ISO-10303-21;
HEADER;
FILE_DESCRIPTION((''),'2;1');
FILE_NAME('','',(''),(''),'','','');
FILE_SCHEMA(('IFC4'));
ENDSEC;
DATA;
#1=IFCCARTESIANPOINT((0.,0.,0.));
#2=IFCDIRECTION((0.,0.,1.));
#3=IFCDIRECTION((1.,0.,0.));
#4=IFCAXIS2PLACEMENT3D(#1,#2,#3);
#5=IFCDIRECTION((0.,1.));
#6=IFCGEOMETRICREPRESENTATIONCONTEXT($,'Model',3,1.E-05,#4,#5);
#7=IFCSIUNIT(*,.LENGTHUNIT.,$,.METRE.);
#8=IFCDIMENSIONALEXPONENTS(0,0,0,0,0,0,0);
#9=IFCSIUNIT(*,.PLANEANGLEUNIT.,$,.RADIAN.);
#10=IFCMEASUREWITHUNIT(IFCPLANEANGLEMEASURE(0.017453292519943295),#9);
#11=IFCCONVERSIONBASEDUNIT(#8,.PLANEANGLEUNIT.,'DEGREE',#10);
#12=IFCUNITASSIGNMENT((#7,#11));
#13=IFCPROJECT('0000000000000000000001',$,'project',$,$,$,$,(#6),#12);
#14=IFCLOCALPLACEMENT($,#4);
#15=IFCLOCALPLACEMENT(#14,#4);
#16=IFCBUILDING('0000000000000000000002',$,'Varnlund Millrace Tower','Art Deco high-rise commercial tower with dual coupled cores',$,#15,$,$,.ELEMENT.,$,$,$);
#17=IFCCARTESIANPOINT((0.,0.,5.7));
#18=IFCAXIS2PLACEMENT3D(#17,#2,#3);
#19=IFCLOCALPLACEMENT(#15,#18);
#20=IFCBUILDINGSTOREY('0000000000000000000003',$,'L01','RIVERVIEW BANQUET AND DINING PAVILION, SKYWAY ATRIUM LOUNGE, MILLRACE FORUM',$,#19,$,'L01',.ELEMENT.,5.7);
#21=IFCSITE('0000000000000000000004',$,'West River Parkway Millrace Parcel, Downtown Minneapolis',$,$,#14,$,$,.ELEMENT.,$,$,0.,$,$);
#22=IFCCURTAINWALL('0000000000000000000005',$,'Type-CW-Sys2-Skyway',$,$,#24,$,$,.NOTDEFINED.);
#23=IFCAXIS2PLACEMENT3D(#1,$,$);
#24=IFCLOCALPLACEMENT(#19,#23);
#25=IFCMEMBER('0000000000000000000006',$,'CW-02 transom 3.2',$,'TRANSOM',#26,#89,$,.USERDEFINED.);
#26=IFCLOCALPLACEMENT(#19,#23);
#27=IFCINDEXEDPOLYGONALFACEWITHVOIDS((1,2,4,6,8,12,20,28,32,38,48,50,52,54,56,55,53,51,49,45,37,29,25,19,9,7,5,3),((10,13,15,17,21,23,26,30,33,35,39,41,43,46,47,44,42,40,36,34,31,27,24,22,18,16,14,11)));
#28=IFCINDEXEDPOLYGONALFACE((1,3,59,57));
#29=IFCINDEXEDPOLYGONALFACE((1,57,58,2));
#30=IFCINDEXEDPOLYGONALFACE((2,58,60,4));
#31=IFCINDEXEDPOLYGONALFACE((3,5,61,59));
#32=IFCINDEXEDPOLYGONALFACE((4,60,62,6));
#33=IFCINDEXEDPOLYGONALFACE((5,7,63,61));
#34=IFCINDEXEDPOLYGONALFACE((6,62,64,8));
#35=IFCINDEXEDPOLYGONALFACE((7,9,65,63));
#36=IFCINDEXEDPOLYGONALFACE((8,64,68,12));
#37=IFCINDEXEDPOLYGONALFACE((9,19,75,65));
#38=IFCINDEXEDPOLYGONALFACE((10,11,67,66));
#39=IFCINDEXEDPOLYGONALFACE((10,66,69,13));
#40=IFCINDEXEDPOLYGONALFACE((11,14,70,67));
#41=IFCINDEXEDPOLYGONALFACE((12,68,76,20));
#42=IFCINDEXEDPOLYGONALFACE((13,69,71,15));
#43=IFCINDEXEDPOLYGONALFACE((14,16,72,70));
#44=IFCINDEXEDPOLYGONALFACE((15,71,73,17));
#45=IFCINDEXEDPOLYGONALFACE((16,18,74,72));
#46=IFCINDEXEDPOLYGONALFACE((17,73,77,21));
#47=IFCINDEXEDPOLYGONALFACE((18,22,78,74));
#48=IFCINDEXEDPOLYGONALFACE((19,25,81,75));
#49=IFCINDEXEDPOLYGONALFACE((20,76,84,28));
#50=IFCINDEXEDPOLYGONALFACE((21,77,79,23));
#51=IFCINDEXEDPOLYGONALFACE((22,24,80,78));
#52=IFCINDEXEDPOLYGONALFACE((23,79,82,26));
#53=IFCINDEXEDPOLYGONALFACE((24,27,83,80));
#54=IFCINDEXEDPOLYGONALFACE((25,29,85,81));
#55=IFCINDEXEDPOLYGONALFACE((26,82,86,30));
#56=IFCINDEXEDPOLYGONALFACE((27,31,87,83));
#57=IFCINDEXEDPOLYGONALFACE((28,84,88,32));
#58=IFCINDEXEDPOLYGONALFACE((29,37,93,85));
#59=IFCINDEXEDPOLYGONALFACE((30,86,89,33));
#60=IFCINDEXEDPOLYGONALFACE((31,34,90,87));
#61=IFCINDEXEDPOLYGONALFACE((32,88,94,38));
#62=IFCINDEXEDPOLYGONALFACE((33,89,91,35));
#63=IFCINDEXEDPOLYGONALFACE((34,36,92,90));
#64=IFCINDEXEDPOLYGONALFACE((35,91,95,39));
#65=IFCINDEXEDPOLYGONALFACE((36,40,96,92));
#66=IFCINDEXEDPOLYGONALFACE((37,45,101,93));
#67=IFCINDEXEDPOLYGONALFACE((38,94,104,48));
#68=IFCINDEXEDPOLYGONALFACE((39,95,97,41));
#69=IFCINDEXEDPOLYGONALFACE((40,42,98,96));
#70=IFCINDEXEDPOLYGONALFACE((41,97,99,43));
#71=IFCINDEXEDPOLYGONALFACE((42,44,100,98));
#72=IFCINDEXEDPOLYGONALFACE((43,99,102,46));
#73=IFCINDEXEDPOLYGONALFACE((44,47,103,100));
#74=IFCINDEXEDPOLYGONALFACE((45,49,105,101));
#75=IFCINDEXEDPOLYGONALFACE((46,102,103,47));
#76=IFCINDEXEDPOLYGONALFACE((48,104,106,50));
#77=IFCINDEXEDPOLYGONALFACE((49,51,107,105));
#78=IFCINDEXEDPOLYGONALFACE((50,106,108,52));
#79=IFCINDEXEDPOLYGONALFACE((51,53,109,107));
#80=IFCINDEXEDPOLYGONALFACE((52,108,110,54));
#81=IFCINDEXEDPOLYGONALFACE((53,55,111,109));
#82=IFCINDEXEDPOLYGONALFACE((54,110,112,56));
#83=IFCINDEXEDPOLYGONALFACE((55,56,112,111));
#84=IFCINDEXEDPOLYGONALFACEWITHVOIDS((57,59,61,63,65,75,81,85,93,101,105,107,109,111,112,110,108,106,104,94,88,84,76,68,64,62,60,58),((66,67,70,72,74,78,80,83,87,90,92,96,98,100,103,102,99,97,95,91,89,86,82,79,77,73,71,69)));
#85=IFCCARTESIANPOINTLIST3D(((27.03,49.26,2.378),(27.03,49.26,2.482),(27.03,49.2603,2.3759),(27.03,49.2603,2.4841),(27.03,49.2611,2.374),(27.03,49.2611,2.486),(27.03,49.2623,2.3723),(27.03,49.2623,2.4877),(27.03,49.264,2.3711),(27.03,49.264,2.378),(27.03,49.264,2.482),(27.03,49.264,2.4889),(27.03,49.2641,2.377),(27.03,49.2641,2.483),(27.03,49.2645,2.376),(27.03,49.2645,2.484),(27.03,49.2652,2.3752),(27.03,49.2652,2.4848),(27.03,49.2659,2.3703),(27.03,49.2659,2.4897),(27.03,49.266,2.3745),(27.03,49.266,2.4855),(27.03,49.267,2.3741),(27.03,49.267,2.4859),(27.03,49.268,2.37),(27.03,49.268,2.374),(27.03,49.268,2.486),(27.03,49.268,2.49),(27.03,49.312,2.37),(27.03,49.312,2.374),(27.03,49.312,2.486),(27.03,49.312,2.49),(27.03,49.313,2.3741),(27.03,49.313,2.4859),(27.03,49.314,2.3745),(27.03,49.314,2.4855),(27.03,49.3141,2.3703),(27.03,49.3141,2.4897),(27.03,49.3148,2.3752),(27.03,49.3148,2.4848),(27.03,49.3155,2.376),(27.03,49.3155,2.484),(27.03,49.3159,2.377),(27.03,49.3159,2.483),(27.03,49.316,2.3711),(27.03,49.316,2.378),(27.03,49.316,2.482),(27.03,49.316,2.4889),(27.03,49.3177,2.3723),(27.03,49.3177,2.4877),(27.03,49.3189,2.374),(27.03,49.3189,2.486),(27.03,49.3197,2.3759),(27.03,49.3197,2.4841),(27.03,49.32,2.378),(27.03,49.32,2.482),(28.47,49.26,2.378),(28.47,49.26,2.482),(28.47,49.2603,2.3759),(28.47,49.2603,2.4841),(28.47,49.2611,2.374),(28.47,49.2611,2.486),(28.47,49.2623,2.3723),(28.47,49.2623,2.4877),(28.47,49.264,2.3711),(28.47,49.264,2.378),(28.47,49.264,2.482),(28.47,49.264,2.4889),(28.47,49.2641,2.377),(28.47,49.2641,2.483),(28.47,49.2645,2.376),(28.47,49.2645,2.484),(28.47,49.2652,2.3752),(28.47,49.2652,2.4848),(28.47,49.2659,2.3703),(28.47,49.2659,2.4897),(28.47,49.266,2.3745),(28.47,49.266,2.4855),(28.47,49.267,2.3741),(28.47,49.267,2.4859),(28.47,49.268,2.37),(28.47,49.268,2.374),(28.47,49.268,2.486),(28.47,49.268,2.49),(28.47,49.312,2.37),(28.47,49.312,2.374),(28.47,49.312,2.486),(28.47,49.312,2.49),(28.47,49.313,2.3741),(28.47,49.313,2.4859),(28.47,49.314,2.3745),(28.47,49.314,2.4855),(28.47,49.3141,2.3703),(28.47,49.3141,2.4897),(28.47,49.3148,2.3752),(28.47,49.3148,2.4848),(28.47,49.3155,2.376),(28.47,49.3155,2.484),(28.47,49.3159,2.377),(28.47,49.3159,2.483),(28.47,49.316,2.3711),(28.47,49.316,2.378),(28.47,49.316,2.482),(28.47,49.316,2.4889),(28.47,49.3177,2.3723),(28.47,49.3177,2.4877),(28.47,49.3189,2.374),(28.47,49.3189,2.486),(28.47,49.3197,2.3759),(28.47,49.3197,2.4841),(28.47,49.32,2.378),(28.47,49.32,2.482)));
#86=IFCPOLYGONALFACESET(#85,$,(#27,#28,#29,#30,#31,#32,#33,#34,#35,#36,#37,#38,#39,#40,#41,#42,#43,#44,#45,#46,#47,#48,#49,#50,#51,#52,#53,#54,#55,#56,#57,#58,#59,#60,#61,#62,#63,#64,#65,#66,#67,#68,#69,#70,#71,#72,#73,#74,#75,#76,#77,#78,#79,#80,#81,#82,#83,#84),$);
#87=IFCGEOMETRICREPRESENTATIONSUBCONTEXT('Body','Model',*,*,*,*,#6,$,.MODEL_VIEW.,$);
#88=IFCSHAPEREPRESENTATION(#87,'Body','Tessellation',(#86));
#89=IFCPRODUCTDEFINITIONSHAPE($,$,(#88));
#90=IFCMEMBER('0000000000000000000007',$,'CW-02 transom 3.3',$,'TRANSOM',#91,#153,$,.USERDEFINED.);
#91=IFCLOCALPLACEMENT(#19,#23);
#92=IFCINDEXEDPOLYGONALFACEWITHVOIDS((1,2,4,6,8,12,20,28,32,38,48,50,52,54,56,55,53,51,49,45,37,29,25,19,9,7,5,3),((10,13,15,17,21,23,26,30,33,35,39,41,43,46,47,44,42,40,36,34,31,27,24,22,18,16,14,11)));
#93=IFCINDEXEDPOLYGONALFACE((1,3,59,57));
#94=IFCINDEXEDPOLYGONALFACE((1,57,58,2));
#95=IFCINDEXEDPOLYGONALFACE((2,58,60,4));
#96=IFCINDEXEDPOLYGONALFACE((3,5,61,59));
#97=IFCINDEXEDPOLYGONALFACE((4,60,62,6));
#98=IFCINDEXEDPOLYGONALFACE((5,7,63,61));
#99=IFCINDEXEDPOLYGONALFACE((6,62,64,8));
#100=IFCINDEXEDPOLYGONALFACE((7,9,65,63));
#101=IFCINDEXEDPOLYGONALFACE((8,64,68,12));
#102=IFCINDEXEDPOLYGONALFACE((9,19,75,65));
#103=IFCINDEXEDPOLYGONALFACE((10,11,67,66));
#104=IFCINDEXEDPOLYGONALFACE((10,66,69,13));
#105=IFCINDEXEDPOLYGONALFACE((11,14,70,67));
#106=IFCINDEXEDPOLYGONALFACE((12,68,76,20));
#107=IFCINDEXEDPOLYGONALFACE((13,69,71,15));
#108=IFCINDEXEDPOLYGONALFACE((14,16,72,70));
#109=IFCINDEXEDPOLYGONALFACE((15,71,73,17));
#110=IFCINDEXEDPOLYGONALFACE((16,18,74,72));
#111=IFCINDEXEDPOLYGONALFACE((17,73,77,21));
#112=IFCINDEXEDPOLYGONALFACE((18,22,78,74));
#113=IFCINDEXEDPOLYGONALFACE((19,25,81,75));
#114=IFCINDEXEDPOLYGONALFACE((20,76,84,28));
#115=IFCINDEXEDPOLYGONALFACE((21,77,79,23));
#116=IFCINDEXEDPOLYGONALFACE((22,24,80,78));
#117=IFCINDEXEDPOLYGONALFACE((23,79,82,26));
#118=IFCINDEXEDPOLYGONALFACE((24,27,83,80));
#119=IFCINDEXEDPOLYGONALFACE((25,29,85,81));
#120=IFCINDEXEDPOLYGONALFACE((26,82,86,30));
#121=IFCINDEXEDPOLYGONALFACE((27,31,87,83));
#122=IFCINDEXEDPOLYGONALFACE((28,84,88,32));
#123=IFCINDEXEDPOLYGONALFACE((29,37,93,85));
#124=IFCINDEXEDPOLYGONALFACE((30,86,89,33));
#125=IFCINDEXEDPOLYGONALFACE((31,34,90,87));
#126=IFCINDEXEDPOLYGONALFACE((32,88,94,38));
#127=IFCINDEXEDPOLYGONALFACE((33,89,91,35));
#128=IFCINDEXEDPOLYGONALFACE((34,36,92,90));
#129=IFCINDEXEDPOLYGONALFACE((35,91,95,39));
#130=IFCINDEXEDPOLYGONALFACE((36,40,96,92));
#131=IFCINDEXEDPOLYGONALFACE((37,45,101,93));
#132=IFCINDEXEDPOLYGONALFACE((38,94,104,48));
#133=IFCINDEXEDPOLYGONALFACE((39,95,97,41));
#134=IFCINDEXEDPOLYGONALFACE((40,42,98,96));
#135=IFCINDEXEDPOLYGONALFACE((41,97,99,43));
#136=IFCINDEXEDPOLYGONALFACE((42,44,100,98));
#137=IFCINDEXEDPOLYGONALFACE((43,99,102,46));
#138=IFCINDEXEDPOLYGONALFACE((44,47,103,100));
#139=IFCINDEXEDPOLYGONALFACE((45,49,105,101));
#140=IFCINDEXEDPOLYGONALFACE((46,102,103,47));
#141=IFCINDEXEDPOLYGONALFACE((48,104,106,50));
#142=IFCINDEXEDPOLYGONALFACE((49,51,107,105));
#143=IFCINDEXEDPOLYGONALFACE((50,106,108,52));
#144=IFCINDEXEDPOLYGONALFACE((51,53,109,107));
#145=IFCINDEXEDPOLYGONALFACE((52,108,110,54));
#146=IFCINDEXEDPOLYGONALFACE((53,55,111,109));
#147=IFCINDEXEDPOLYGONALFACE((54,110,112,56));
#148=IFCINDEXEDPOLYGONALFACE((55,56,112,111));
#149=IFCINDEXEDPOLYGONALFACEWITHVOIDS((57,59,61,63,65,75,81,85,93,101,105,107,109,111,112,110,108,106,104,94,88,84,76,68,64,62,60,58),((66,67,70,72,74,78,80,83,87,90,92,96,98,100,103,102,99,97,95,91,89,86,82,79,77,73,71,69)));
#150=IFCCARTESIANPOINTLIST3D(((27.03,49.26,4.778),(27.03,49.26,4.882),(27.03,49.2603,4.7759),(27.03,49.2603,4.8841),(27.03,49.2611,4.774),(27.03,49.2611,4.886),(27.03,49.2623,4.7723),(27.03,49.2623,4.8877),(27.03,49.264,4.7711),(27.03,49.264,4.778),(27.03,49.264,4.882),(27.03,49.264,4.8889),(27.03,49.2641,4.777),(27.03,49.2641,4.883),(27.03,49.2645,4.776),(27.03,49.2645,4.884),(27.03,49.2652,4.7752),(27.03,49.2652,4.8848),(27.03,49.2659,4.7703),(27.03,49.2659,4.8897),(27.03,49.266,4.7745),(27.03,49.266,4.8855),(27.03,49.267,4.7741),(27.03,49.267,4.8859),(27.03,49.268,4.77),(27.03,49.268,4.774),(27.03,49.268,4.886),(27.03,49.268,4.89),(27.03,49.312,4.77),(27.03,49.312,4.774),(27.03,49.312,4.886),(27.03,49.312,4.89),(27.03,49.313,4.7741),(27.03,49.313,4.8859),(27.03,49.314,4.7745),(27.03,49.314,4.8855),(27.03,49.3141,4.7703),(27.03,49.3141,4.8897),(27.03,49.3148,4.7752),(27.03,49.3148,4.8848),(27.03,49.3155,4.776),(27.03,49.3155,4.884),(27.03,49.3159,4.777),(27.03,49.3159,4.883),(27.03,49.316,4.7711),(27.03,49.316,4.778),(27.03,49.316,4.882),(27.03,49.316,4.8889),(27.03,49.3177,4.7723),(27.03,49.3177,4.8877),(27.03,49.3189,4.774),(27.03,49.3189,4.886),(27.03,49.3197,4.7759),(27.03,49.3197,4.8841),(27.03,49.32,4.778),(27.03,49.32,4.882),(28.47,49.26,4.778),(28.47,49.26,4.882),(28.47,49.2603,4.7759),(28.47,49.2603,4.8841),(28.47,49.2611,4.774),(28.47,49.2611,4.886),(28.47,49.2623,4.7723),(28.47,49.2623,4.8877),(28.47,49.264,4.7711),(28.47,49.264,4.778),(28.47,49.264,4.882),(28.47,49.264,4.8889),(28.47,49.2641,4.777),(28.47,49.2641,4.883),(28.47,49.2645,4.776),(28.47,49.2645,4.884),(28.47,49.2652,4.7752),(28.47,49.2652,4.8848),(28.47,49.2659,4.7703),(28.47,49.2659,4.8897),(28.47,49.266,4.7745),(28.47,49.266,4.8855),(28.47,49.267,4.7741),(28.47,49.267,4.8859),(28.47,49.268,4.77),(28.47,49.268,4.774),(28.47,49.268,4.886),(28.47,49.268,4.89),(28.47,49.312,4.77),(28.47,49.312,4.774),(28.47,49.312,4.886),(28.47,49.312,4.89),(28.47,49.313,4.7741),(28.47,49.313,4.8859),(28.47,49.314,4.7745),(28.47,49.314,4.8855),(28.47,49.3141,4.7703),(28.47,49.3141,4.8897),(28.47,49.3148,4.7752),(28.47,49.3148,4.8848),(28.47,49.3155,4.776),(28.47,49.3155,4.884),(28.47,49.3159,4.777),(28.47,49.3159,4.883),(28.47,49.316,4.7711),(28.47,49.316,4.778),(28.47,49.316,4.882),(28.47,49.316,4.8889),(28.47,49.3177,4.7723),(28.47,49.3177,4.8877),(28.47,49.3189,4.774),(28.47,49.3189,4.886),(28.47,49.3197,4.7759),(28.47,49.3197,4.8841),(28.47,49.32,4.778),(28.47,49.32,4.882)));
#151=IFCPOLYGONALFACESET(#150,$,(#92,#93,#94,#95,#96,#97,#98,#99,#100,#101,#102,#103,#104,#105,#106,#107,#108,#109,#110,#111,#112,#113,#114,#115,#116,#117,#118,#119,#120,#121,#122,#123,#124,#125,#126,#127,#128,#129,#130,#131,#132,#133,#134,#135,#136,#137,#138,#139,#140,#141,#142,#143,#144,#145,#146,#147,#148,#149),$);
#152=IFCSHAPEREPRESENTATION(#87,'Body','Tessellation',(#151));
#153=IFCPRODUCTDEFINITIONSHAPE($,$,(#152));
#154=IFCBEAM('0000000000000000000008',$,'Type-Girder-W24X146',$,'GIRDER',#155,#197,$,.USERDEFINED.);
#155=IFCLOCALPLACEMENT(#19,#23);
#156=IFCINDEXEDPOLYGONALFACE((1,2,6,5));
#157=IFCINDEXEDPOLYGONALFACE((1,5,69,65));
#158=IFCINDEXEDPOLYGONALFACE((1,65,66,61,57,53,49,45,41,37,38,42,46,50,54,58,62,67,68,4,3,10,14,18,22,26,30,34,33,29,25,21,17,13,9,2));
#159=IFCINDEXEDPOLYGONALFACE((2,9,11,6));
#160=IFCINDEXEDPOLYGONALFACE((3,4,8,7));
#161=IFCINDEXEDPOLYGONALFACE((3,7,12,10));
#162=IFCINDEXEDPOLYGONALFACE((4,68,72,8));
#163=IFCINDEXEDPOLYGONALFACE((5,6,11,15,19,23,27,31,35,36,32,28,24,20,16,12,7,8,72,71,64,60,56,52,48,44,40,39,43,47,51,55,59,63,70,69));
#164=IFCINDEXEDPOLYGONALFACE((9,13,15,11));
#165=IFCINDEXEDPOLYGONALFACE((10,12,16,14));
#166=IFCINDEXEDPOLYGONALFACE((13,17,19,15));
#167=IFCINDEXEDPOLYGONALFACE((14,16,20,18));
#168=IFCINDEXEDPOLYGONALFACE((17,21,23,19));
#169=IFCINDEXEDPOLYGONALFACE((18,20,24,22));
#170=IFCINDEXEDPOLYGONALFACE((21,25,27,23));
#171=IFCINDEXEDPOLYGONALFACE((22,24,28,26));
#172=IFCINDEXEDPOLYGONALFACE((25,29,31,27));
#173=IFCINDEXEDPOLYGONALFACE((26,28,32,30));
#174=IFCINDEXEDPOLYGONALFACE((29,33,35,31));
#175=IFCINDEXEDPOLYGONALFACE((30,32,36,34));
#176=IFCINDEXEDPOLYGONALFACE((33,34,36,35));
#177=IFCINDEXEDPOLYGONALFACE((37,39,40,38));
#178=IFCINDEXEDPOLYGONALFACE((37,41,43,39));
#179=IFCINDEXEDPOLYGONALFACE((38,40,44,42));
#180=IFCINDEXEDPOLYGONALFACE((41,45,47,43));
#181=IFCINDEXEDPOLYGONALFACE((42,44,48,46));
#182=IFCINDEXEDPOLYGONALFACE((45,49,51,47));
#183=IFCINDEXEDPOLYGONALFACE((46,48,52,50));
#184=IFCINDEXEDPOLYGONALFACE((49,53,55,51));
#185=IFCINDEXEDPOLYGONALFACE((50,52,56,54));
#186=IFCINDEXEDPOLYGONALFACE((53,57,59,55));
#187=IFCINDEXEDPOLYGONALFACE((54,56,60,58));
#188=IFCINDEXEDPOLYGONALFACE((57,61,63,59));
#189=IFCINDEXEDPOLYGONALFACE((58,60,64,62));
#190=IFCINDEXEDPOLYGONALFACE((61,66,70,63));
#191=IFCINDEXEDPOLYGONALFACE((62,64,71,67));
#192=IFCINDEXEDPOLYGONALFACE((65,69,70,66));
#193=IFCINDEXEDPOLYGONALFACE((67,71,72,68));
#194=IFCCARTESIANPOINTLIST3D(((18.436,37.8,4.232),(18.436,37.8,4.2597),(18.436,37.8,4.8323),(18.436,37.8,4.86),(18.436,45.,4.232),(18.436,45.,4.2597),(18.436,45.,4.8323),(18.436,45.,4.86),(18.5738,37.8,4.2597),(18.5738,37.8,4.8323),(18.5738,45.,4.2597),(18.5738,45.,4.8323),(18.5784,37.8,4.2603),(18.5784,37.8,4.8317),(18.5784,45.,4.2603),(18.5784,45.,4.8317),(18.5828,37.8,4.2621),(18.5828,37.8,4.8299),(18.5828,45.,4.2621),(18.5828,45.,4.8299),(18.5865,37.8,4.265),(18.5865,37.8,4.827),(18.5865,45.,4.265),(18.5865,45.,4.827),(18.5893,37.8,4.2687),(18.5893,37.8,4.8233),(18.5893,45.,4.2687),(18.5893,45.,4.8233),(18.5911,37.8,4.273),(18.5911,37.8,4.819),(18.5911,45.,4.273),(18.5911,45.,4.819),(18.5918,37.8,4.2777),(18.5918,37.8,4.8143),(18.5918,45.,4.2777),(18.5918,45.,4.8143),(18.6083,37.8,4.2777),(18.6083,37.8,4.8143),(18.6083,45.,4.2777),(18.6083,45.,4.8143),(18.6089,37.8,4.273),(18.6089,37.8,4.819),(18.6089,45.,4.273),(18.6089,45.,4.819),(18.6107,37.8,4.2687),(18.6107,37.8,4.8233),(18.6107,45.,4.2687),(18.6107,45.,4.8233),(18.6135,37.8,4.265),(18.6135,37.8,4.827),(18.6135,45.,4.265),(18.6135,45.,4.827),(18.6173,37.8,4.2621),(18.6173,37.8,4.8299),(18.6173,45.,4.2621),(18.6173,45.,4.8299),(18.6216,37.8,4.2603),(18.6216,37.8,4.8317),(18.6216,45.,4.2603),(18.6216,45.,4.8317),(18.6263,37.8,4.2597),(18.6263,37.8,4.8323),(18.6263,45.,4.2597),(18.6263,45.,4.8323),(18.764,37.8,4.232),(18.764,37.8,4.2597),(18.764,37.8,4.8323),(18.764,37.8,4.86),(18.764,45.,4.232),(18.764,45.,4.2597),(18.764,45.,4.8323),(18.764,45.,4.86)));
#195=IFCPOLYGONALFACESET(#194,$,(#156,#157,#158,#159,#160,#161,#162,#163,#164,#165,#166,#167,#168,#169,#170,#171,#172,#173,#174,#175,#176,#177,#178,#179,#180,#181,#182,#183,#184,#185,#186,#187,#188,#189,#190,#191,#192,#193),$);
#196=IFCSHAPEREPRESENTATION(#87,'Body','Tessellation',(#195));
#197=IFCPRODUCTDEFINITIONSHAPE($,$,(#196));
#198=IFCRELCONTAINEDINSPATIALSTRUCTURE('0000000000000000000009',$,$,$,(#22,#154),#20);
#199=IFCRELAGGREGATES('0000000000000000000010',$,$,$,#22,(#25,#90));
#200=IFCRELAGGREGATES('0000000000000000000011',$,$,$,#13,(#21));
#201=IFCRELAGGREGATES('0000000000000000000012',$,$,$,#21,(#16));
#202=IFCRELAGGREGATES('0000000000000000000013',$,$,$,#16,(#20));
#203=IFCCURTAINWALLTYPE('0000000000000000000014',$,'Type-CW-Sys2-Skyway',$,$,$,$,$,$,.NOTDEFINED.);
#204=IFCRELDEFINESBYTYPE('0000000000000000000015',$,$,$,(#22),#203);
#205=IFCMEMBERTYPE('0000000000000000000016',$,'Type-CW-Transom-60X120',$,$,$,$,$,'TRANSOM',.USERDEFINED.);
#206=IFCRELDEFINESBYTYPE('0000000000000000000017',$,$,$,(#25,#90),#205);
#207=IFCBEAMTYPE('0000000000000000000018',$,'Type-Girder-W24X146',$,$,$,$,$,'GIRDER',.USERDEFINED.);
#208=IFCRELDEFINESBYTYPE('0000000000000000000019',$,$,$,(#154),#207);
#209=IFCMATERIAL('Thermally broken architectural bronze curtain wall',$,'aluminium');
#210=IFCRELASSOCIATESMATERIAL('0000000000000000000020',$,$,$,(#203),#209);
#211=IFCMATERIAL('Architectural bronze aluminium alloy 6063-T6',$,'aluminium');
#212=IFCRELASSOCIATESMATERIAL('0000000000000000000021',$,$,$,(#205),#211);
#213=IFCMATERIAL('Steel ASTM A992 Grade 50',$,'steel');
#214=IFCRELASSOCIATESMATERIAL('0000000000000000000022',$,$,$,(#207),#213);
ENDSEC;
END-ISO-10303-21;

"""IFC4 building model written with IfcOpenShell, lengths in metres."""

from ifc_helpers import new_model, entity, si_unit, converted_unit, direction, frame, origin_with_axes, origin_2d_with_axis, place, context, subcontext, project, spatial, hollow_rectangle, i_section, extrude, material, material_profile, profile_set, type_object, element, aggregate, save


model = new_model("IFC4")

# Units and contexts
model_context = context("Model", 3, precision=1e-05, world=origin_with_axes(), true_north=direction((0.0, 1.0)))
body_context = subcontext(model_context, "Body", "Model", "MODEL_VIEW")
ifc_project = project(units=[si_unit("LENGTHUNIT", "METRE"), converted_unit("PLANEANGLEUNIT", "DEGREE", entity("IfcPlaneAngleMeasure", 0.017453292519943295), si_unit("PLANEANGLEUNIT", "RADIAN"), dimensions=[0, 0, 0, 0, 0, 0, 0])], contexts=[model_context])

# Site, building, storey
site_placement = place(None, origin_with_axes())
site = spatial("IfcSite", under=ifc_project, at=site_placement, Name="West River Parkway Millrace Parcel, Downtown Minneapolis", CompositionType="ELEMENT", RefElevation=0.0)
building_placement = place(site_placement, origin_with_axes())
building = spatial("IfcBuilding", under=site, at=building_placement, Name="Varnlund Millrace Tower", Description="Art Deco high-rise commercial tower with dual coupled cores", CompositionType="ELEMENT")
storey_placement = place(building_placement, frame((0.0, 0.0, 5.7), z_axis=(0.0, 0.0, 1.0), x_axis=(1.0, 0.0, 0.0)))
storey = spatial("IfcBuildingStorey", under=building, at=storey_placement, Name="L01", Description="RIVERVIEW BANQUET AND DINING PAVILION, SKYWAY ATRIUM LOUNGE, MILLRACE FORUM", LongName="L01", CompositionType="ELEMENT", Elevation=5.7)

# Curtain wall, members
ifc_material_1 = material(Name="Thermally broken architectural bronze curtain wall", Category="aluminium")
curtain_wall_type = type_object("IfcCurtainWallType", Name="Type-CW-Sys2-Skyway", PredefinedType="NOTDEFINED", material=ifc_material_1)
curtain_wall_placement = place(storey_placement, frame((24.0, 49.29, 0.0), z_axis=(0.0, 0.0, 1.0), x_axis=(1.0, 0.0, 0.0)))
curtain_wall = element("IfcCurtainWall", 1, at=curtain_wall_placement, inside=storey, type_object=curtain_wall_type, Name="Type-CW-Sys2-Skyway", PredefinedType="NOTDEFINED")
ifc_material_2 = material(Name="Architectural bronze aluminium alloy 6063-T6", Category="aluminium")
ifc_material_profile_1 = material_profile(ifc_material_2, hollow_rectangle(XDim=0.06, YDim=0.12, WallThickness=0.004, InnerFilletRadius=0.004, OuterFilletRadius=0.008, at=origin_2d_with_axis()), Name="Architectural bronze aluminium alloy 6063-T6")
ifc_profile_set_1 = profile_set([ifc_material_profile_1], Name="Architectural bronze aluminium alloy 6063-T6")
member_type_1 = type_object("IfcMemberType", Name="Type-CW-Transom-60X120", ElementType="TRANSOM", PredefinedType="USERDEFINED", material=ifc_profile_set_1)
member_1_placement = place(storey_placement, frame((27.03, 49.29, 2.43), z_axis=(1.0, 0.0, 0.0), x_axis=(0.0, 1.0, 0.0)))
member_1 = element("IfcMember", 2, at=member_1_placement, type_object=member_type_1, Name="CW-02 transom 3.2", ObjectType="TRANSOM", PredefinedType="USERDEFINED", context=body_context, shape_type="SweptSolid", body=[
    extrude(hollow_rectangle(XDim=0.06, YDim=0.12, WallThickness=0.004, InnerFilletRadius=0.004, OuterFilletRadius=0.008, at=origin_2d_with_axis()), origin_with_axes(), (0.0, 0.0, 1.0), 1.44),
])
member_2_placement = place(storey_placement, frame((27.03, 49.29, 4.83), z_axis=(1.0, 0.0, 0.0), x_axis=(0.0, 1.0, 0.0)))
member_2 = element("IfcMember", 3, at=member_2_placement, type_object=member_type_1, Name="CW-02 transom 3.3", ObjectType="TRANSOM", PredefinedType="USERDEFINED", context=body_context, shape_type="SweptSolid", body=[
    extrude(hollow_rectangle(XDim=0.06, YDim=0.12, WallThickness=0.004, InnerFilletRadius=0.004, OuterFilletRadius=0.008, at=origin_2d_with_axis()), origin_with_axes(), (0.0, 0.0, 1.0), 1.44),
])

# Beam
ifc_material_3 = material(Name="Steel ASTM A992 Grade 50", Category="steel")
ifc_material_profile_2 = material_profile(ifc_material_3, i_section(OverallWidth=0.328, OverallDepth=0.628, WebThickness=0.0165, FlangeThickness=0.0277, FilletRadius=0.018, at=origin_2d_with_axis()), Name="Steel ASTM A992 Grade 50")
ifc_profile_set_2 = profile_set([ifc_material_profile_2], Name="Steel ASTM A992 Grade 50")
beam_type_1 = type_object("IfcBeamType", Name="Type-Girder-W24X146", ElementType="GIRDER", PredefinedType="USERDEFINED", material=ifc_profile_set_2)
beam_1_placement = place(storey_placement, frame((18.6, 37.8, 4.546), z_axis=(0.0, 1.0, 0.0), x_axis=(-1.0, 0.0, 0.0)))
element("IfcBeam", 4, at=beam_1_placement, inside=storey, type_object=beam_type_1, Name="Type-Girder-W24X146", ObjectType="GIRDER", PredefinedType="USERDEFINED", context=body_context, shape_type="SweptSolid", body=[
    extrude(i_section(OverallWidth=0.328, OverallDepth=0.628, WebThickness=0.0165, FlangeThickness=0.0277, FilletRadius=0.018, at=origin_2d_with_axis()), origin_with_axes(), (0.0, 0.0, 1.0), 7.2),
])

aggregate(curtain_wall, [member_1, member_2])

save(model, "model.ifc")
